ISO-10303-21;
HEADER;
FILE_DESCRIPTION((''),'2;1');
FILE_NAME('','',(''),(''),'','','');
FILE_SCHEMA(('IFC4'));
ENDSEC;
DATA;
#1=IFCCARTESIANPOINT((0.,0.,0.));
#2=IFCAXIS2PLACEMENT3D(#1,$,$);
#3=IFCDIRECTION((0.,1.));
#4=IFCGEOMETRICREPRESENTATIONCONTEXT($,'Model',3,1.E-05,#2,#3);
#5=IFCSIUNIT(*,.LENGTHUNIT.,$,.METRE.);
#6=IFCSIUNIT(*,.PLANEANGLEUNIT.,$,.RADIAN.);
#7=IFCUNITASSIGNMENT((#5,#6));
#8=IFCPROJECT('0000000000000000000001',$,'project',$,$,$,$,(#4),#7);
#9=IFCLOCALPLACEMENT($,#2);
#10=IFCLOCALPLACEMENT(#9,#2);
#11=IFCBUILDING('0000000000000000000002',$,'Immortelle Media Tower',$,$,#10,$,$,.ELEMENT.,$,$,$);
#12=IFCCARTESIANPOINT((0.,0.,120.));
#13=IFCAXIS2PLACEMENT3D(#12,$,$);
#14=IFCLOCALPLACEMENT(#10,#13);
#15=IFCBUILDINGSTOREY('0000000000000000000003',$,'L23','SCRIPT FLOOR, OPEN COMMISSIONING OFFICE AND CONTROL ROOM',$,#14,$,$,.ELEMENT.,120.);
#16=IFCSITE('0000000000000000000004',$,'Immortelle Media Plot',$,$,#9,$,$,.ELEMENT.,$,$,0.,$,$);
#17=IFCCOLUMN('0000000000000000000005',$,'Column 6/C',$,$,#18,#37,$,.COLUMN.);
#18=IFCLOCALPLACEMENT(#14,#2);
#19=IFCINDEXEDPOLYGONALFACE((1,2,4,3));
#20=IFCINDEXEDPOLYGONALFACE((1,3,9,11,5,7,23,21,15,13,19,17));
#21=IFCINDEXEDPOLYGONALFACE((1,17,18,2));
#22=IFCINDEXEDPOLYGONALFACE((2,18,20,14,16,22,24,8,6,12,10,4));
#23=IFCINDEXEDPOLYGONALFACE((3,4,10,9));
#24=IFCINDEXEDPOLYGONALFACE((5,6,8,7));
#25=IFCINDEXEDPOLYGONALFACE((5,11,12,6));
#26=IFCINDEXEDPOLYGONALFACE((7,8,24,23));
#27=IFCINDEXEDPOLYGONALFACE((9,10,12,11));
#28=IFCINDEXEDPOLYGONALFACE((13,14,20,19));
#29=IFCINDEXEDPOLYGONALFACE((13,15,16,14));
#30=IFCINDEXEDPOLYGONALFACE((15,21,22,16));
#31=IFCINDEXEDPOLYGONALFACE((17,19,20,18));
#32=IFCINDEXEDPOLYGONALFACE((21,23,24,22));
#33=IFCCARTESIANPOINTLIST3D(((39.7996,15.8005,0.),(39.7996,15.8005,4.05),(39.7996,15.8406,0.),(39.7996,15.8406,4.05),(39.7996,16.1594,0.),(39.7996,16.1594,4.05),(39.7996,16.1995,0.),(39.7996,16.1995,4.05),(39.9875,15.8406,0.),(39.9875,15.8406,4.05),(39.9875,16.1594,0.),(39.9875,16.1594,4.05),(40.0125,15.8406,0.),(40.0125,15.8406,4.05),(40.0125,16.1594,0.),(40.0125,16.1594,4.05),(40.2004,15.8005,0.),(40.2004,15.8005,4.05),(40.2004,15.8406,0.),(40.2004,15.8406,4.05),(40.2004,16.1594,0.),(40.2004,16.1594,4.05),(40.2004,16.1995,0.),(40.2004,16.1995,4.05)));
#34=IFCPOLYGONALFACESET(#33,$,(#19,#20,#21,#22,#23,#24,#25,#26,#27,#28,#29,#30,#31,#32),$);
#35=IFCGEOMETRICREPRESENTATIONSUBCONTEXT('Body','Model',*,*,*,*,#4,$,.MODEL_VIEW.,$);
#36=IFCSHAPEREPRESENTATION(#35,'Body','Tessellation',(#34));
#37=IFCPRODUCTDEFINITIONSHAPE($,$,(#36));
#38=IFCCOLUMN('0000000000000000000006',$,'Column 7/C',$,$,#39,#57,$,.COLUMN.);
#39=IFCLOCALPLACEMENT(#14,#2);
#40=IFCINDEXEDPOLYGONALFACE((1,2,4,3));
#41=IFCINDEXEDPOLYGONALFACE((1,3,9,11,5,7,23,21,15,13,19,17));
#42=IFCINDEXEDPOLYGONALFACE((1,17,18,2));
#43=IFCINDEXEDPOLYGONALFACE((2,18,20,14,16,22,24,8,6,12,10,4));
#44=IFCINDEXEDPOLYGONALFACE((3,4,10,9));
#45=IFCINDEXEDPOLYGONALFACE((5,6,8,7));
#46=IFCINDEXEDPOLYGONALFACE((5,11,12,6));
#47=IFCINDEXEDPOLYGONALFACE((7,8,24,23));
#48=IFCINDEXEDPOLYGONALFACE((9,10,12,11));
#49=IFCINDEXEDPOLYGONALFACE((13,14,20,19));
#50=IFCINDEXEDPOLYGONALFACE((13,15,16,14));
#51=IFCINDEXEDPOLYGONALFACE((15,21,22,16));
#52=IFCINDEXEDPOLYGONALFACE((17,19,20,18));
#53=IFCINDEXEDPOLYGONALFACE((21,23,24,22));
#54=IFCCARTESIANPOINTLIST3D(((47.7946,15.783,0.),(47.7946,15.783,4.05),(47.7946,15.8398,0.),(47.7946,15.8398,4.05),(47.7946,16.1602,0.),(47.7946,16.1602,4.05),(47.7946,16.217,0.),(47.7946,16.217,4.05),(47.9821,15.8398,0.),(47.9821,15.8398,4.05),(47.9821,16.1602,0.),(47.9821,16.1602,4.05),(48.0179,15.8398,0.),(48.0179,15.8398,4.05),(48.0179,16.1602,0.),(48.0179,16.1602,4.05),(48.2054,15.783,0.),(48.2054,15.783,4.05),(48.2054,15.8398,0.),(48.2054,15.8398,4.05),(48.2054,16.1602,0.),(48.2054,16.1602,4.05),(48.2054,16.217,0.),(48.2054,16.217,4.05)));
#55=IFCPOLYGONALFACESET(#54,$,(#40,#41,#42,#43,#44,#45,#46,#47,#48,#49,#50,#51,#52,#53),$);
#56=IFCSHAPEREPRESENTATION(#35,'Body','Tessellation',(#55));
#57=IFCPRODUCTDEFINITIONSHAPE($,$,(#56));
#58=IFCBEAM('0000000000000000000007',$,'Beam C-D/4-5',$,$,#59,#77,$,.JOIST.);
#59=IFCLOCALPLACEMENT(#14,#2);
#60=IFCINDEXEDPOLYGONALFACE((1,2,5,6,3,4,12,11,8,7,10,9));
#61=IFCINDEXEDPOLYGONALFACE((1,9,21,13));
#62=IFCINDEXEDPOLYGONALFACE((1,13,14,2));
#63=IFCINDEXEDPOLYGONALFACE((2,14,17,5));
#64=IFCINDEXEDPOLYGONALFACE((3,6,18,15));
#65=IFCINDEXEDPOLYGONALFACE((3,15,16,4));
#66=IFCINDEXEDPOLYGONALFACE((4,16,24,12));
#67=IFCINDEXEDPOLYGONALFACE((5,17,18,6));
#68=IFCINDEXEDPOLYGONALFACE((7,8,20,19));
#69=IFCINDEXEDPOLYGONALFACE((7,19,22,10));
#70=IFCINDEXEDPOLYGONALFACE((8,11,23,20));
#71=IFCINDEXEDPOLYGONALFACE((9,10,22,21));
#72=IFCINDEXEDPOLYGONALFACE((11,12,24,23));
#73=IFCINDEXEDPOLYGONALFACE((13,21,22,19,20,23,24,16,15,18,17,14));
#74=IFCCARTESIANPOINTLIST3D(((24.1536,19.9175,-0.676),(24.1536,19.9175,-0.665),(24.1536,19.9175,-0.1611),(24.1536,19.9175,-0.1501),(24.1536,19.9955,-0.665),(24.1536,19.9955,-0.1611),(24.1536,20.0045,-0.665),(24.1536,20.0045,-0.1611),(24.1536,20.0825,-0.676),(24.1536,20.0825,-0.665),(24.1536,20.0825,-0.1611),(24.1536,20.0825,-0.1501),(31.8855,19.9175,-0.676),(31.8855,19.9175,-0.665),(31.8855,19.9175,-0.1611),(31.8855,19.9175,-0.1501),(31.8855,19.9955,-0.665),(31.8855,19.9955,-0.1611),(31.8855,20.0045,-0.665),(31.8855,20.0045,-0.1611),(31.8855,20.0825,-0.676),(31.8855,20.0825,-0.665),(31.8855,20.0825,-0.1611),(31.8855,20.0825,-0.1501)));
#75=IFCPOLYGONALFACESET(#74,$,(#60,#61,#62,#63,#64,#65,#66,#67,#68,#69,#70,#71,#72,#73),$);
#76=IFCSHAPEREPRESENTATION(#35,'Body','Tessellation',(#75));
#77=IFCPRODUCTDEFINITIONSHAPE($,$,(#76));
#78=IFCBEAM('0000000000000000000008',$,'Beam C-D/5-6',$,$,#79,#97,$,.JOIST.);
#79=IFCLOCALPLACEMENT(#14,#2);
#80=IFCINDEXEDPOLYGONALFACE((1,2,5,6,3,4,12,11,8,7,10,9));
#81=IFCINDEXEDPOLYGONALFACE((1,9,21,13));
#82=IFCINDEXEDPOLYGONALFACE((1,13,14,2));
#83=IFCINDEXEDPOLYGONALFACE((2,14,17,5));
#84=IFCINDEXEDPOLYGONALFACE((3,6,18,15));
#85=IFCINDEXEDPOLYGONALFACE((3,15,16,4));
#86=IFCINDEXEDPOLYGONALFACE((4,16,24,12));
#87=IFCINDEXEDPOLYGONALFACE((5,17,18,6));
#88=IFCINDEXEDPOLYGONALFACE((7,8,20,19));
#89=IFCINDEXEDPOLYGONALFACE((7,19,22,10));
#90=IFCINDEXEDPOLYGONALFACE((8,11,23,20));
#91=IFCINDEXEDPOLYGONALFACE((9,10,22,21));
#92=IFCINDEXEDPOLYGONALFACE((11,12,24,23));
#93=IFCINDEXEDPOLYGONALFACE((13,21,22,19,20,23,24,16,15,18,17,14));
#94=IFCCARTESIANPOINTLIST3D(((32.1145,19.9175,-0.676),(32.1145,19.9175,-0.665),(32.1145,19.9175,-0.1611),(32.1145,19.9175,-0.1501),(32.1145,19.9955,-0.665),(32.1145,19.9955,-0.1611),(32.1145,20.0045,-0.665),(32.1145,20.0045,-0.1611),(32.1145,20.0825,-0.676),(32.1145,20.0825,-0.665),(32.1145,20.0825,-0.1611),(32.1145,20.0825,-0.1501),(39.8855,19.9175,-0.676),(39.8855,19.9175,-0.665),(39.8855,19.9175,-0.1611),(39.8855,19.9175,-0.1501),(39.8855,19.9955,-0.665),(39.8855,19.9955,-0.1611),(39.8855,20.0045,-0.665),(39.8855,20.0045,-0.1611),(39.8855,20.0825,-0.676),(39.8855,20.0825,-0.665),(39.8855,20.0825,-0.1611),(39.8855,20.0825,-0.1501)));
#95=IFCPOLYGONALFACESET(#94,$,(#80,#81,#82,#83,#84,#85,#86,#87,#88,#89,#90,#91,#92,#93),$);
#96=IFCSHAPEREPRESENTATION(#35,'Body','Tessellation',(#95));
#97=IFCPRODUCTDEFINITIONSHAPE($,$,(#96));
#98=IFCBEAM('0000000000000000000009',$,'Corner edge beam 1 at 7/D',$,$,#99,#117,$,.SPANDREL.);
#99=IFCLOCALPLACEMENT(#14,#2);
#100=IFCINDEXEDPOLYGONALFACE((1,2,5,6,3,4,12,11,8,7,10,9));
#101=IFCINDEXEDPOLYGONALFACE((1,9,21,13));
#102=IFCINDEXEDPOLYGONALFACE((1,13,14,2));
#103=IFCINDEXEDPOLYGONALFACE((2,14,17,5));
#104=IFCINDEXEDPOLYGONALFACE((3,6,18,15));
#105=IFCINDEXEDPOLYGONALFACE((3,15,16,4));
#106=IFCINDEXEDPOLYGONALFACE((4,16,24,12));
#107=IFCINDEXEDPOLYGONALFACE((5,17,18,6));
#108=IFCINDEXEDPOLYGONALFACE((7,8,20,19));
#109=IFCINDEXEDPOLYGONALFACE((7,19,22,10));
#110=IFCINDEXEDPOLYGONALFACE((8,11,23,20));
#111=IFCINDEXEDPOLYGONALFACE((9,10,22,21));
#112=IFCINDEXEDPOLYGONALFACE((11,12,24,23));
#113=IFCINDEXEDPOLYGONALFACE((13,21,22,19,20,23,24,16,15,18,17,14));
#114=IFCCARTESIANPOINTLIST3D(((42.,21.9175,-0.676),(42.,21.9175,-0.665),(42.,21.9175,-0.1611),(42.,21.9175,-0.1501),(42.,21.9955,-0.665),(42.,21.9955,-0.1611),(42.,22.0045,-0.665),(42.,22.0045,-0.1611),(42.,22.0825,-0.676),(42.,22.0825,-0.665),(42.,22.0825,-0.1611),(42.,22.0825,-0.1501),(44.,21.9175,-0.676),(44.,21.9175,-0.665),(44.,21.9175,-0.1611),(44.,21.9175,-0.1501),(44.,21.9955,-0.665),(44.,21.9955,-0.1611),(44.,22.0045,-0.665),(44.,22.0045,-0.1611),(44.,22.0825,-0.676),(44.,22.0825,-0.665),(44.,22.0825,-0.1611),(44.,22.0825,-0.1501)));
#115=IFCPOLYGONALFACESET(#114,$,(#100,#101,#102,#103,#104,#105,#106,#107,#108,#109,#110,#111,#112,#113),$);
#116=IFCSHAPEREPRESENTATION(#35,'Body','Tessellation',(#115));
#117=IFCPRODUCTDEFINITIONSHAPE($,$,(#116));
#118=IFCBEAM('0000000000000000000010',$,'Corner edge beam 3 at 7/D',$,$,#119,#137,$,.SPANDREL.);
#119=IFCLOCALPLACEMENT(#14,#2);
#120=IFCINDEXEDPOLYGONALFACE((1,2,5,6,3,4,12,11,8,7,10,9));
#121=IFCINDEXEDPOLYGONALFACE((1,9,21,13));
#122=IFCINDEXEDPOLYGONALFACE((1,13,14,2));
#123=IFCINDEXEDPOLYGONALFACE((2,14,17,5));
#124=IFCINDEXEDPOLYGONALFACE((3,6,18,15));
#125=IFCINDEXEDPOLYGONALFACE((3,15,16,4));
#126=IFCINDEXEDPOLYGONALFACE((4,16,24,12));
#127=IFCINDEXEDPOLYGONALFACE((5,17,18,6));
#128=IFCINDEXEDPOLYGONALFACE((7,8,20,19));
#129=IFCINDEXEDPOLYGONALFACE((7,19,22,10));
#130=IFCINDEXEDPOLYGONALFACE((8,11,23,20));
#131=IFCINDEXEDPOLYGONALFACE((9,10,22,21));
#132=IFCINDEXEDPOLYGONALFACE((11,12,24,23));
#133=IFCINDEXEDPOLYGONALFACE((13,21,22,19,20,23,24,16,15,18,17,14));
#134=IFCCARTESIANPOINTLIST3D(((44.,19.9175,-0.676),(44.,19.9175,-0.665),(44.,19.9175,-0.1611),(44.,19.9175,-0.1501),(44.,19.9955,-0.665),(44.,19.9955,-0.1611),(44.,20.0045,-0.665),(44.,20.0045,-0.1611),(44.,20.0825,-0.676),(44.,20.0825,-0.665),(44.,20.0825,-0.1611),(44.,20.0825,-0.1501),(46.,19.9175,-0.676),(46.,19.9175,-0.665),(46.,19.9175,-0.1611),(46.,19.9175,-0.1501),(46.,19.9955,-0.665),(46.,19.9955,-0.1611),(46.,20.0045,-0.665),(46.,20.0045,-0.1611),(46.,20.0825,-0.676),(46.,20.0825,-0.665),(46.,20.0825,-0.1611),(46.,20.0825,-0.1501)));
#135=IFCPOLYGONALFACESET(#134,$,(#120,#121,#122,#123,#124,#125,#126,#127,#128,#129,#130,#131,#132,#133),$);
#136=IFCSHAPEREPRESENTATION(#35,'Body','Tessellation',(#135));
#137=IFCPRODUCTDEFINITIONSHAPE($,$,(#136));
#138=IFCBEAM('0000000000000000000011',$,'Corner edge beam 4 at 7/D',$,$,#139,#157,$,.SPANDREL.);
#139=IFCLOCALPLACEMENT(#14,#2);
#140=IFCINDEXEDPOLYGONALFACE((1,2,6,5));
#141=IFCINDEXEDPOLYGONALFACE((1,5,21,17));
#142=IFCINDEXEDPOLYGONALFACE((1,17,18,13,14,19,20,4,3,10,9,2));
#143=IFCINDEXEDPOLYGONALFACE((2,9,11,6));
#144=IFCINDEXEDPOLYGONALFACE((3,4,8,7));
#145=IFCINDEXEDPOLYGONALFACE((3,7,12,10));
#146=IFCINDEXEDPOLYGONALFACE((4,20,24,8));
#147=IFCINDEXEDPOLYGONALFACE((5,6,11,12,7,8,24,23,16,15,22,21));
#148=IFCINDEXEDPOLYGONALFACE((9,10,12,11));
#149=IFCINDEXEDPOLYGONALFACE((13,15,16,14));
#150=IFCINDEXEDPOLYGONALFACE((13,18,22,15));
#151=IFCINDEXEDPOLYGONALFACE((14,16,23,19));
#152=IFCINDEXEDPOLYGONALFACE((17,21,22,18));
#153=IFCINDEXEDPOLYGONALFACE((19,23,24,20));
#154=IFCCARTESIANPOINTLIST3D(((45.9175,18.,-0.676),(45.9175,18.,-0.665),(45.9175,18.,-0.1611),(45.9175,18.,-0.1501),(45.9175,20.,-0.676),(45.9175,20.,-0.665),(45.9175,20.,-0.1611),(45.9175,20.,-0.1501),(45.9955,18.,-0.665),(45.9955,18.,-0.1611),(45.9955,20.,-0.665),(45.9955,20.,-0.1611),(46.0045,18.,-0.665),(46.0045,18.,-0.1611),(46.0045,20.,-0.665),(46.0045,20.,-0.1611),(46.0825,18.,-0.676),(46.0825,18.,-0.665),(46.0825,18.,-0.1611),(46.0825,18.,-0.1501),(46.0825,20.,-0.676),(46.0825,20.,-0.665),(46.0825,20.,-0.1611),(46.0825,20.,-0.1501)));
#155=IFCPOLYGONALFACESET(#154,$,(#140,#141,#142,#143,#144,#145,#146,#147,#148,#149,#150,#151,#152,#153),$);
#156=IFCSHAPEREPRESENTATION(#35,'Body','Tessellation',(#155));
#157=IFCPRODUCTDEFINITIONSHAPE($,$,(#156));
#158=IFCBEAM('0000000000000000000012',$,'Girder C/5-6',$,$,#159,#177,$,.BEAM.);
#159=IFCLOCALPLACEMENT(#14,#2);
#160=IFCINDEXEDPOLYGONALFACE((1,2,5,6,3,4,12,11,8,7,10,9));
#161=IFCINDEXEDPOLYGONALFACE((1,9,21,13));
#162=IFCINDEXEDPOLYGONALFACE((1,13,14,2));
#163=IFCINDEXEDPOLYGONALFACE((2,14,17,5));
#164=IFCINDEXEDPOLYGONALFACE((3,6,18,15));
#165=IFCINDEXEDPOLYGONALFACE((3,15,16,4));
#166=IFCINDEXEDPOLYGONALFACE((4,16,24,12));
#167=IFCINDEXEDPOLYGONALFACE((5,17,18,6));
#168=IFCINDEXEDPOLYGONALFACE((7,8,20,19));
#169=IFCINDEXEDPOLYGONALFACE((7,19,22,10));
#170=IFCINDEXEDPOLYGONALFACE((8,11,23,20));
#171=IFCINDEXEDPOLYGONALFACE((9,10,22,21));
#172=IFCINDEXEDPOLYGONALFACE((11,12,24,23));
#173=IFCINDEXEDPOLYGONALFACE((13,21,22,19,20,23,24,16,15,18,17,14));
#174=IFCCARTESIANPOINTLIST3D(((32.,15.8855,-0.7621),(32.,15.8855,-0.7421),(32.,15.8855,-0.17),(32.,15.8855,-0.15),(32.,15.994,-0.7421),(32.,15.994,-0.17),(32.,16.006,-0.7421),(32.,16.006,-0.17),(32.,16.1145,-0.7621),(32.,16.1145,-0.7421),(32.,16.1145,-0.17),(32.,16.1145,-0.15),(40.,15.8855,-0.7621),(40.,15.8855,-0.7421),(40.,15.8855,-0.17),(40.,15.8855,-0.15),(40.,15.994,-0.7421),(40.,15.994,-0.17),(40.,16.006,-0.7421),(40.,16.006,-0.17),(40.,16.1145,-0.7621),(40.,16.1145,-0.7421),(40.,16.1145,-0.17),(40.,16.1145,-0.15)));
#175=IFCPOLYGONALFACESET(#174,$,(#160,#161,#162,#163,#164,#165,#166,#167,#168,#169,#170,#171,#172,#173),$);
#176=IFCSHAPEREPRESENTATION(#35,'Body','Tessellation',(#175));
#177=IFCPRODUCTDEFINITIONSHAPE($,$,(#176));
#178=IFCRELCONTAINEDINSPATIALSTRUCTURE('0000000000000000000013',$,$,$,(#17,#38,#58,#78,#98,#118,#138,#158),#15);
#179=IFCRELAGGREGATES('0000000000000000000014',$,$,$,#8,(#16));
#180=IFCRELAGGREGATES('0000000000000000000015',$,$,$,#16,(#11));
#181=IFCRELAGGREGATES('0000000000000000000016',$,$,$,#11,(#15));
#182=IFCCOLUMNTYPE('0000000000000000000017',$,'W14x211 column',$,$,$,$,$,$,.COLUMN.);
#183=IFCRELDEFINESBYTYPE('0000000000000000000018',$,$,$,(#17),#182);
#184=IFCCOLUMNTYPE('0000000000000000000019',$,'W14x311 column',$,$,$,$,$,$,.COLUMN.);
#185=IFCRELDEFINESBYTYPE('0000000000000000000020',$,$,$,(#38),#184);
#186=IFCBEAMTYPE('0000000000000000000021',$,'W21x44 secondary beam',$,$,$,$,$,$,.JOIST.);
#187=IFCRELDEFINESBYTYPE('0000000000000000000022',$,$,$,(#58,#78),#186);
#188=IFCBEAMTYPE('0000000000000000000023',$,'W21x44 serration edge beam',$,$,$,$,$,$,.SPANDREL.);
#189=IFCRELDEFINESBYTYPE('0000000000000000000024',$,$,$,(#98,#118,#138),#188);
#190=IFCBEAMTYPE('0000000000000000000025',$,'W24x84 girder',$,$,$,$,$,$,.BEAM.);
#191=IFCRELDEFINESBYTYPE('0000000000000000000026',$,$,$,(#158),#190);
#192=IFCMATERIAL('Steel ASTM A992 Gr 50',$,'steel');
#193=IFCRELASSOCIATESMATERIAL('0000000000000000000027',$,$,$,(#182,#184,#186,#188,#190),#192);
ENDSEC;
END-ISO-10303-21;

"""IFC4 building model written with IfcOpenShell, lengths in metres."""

from ifc_helpers import new_model, si_unit, direction, frame, origin, origin_2d, place, context, subcontext, project, spatial, i_section, extrude, material, material_profile, profile_set, type_object, element, save


model = new_model("IFC4")

# Units and contexts
model_context = context("Model", 3, precision=1e-05, world=origin(), true_north=direction((0.0, 1.0)))
body_context = subcontext(model_context, "Body", "Model", "MODEL_VIEW")
ifc_project = project(units=[si_unit("LENGTHUNIT", "METRE"), si_unit("PLANEANGLEUNIT", "RADIAN")], contexts=[model_context])

# Site, building, storey
site_placement = place(None, origin())
site = spatial("IfcSite", under=ifc_project, at=site_placement, Name="Immortelle Media Plot", CompositionType="ELEMENT", RefElevation=0.0)
building_placement = place(site_placement, origin())
building = spatial("IfcBuilding", under=site, at=building_placement, Name="Immortelle Media Tower", CompositionType="ELEMENT")
storey_placement = place(building_placement, frame((0.0, 0.0, 120.0)))
storey = spatial("IfcBuildingStorey", under=building, at=storey_placement, Name="L23", Description="SCRIPT FLOOR, OPEN COMMISSIONING OFFICE AND CONTROL ROOM", CompositionType="ELEMENT", Elevation=120.0)

# Columns
ifc_material_1 = material(Name="Steel ASTM A992 Gr 50", Category="steel")
ifc_material_profile_1 = material_profile(ifc_material_1, i_section(OverallWidth=0.4009, OverallDepth=0.3989, WebThickness=0.0249, FlangeThickness=0.04, at=origin_2d()), Name="W14x211")
ifc_profile_set_1 = profile_set([ifc_material_profile_1], Name="Steel ASTM A992 Gr 50")
column_type_1 = type_object("IfcColumnType", Name="W14x211 column", PredefinedType="COLUMN", material=ifc_profile_set_1)
column_1_placement = place(storey_placement, frame((40.0, 16.0, 0.0), z_axis=(0.0, 0.0, 1.0), x_axis=(1.0, 0.0, 0.0)))
element("IfcColumn", 1, at=column_1_placement, inside=storey, type_object=column_type_1, Name="Column 6/C", PredefinedType="COLUMN", context=body_context, shape_type="SweptSolid", body=[
    extrude(i_section(OverallWidth=0.4009, OverallDepth=0.3989, WebThickness=0.0249, FlangeThickness=0.04, at=origin_2d()), origin(), (0.0, 0.0, 1.0), 4.05),
])
ifc_material_profile_2 = material_profile(ifc_material_1, i_section(OverallWidth=0.4109, OverallDepth=0.4341, WebThickness=0.0359, FlangeThickness=0.0569, at=origin_2d()), Name="W14x311")
ifc_profile_set_2 = profile_set([ifc_material_profile_2], Name="Steel ASTM A992 Gr 50")
column_type_2 = type_object("IfcColumnType", Name="W14x311 column", PredefinedType="COLUMN", material=ifc_profile_set_2)
column_2_placement = place(storey_placement, frame((48.0, 16.0, 0.0), z_axis=(0.0, 0.0, 1.0), x_axis=(1.0, 0.0, 0.0)))
element("IfcColumn", 2, at=column_2_placement, inside=storey, type_object=column_type_2, Name="Column 7/C", PredefinedType="COLUMN", context=body_context, shape_type="SweptSolid", body=[
    extrude(i_section(OverallWidth=0.4109, OverallDepth=0.4341, WebThickness=0.0359, FlangeThickness=0.0569, at=origin_2d()), origin(), (0.0, 0.0, 1.0), 4.05),
])

# Beams
ifc_material_profile_3 = material_profile(ifc_material_1, i_section(OverallWidth=0.165, OverallDepth=0.5259, WebThickness=0.009, FlangeThickness=0.011, at=origin_2d()), Name="W21x44")
ifc_profile_set_3 = profile_set([ifc_material_profile_3], Name="Steel ASTM A992 Gr 50")
beam_type_1 = type_object("IfcBeamType", Name="W21x44 secondary beam", PredefinedType="JOIST", material=ifc_profile_set_3)
beam_1_placement = place(storey_placement, frame((24.1536, 20.0, -0.4131), z_axis=(1.0, 0.0, 0.0), x_axis=(0.0, 1.0, 0.0)))
element("IfcBeam", 3, at=beam_1_placement, inside=storey, type_object=beam_type_1, Name="Beam C-D/4-5", PredefinedType="JOIST", context=body_context, shape_type="SweptSolid", body=[
    extrude(i_section(OverallWidth=0.165, OverallDepth=0.5259, WebThickness=0.009, FlangeThickness=0.011, at=origin_2d()), origin(), (0.0, 0.0, 1.0), 7.7319),
])
beam_2_placement = place(storey_placement, frame((32.1145, 20.0, -0.4131), z_axis=(1.0, 0.0, 0.0), x_axis=(0.0, 1.0, 0.0)))
element("IfcBeam", 4, at=beam_2_placement, inside=storey, type_object=beam_type_1, Name="Beam C-D/5-6", PredefinedType="JOIST", context=body_context, shape_type="SweptSolid", body=[
    extrude(i_section(OverallWidth=0.165, OverallDepth=0.5259, WebThickness=0.009, FlangeThickness=0.011, at=origin_2d()), origin(), (0.0, 0.0, 1.0), 7.771),
])
ifc_material_profile_4 = material_profile(ifc_material_1, i_section(OverallWidth=0.165, OverallDepth=0.5259, WebThickness=0.009, FlangeThickness=0.011, at=origin_2d()), Name="W21x44")
ifc_profile_set_4 = profile_set([ifc_material_profile_4], Name="Steel ASTM A992 Gr 50")
beam_type_2 = type_object("IfcBeamType", Name="W21x44 serration edge beam", PredefinedType="SPANDREL", material=ifc_profile_set_4)
for number, where, z_axis, x_axis, name in (
    (5, (42.0, 22.0, -0.4131), (1.0, 0.0, 0.0), (0.0, 1.0, 0.0), "Corner edge beam 1 at 7/D"),
    (6, (44.0, 20.0, -0.4131), (1.0, 0.0, 0.0), (0.0, 1.0, 0.0), "Corner edge beam 3 at 7/D"),
    (7, (46.0, 20.0, -0.4131), (0.0, -1.0, 0.0), (1.0, 0.0, 0.0), "Corner edge beam 4 at 7/D"),
):
    element("IfcBeam", number, at=place(storey_placement, frame(where, z_axis=z_axis, x_axis=x_axis)), inside=storey, type_object=beam_type_2, Name=name, PredefinedType="SPANDREL", context=body_context, shape_type="SweptSolid", body=[
        extrude(i_section(OverallWidth=0.165, OverallDepth=0.5259, WebThickness=0.009, FlangeThickness=0.011, at=origin_2d()), origin(), (0.0, 0.0, 1.0), 2.0),
    ])
ifc_material_profile_5 = material_profile(ifc_material_1, i_section(OverallWidth=0.229, OverallDepth=0.6121, WebThickness=0.012, FlangeThickness=0.02, at=origin_2d()), Name="W24x84")
ifc_profile_set_5 = profile_set([ifc_material_profile_5], Name="Steel ASTM A992 Gr 50")
beam_type_3 = type_object("IfcBeamType", Name="W24x84 girder", PredefinedType="BEAM", material=ifc_profile_set_5)
for number, where, z_axis, x_axis, name in (
    (8, (32.0, 16.0, -0.4561), (1.0, 0.0, 0.0), (0.0, 1.0, 0.0), "Girder C/5-6"),
):
    element("IfcBeam", number, at=place(storey_placement, frame(where, z_axis=z_axis, x_axis=x_axis)), inside=storey, type_object=beam_type_3, Name=name, PredefinedType="BEAM", context=body_context, shape_type="SweptSolid", body=[
        extrude(i_section(OverallWidth=0.229, OverallDepth=0.6121, WebThickness=0.012, FlangeThickness=0.02, at=origin_2d()), origin(), (0.0, 0.0, 1.0), 8.0),
    ])

save(model, "model.ifc")
